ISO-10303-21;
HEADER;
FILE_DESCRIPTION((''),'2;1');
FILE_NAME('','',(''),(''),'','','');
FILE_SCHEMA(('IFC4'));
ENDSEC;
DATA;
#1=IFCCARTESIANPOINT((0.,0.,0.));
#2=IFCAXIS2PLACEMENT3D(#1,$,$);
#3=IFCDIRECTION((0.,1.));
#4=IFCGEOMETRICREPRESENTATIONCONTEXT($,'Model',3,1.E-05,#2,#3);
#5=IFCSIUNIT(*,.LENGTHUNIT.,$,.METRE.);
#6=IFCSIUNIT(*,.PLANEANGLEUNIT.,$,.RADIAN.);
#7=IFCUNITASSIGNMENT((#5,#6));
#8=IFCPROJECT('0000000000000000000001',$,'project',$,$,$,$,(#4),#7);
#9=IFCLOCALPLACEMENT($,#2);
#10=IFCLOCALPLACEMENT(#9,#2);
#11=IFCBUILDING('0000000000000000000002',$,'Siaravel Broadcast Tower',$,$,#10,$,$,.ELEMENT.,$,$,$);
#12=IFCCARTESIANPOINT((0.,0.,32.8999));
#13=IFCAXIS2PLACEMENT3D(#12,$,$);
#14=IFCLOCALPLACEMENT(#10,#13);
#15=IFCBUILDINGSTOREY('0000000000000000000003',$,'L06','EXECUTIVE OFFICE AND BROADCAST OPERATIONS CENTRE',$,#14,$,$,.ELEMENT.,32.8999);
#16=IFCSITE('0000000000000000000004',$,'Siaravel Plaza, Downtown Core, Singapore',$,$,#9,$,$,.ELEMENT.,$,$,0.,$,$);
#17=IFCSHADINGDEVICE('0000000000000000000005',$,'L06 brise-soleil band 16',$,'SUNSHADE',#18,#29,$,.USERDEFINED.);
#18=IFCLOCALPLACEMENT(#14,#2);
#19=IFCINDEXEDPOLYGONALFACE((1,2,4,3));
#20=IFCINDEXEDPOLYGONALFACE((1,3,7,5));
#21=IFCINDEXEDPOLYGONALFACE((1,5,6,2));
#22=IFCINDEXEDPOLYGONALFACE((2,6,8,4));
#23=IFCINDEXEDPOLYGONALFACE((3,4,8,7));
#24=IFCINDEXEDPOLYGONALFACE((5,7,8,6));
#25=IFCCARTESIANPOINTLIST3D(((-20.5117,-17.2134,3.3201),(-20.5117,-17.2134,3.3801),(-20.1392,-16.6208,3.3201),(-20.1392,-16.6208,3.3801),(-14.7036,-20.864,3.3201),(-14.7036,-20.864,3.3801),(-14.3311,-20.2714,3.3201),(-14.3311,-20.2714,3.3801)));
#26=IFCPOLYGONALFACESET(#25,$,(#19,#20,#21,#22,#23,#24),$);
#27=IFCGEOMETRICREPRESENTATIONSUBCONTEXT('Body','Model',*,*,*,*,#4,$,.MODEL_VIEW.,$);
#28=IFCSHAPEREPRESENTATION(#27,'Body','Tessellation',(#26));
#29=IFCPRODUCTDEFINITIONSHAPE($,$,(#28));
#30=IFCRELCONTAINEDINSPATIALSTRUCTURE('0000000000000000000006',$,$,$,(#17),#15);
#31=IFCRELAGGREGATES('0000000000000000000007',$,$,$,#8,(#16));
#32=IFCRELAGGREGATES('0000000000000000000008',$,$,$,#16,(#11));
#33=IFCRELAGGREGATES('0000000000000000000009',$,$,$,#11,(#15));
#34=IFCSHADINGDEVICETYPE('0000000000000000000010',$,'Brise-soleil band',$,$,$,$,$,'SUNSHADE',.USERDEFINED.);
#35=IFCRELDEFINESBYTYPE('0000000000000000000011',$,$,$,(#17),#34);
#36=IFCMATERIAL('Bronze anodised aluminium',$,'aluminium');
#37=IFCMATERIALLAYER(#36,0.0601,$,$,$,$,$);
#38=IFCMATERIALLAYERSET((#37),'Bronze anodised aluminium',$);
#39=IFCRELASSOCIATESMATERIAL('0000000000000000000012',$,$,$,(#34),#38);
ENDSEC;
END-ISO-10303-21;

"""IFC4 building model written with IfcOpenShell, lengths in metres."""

from ifc_helpers import new_model, si_unit, direction, frame, origin, origin_2d, place, context, subcontext, project, spatial, rectangle, extrude, material, layer, layer_set, type_object, element, save


model = new_model("IFC4")

# Units and contexts
model_context = context("Model", 3, precision=1e-05, world=origin(), true_north=direction((0.0, 1.0)))
body_context = subcontext(model_context, "Body", "Model", "MODEL_VIEW")
ifc_project = project(units=[si_unit("LENGTHUNIT", "METRE"), si_unit("PLANEANGLEUNIT", "RADIAN")], contexts=[model_context])

# Site, building, storey
site_placement = place(None, origin())
site = spatial("IfcSite", under=ifc_project, at=site_placement, Name="Siaravel Plaza, Downtown Core, Singapore", CompositionType="ELEMENT", RefElevation=0.0)
building_placement = place(site_placement, origin())
building = spatial("IfcBuilding", under=site, at=building_placement, Name="Siaravel Broadcast Tower", CompositionType="ELEMENT")
storey_placement = place(building_placement, frame((0.0, 0.0, 32.8999)))
storey = spatial("IfcBuildingStorey", under=building, at=storey_placement, Name="L06", Description="EXECUTIVE OFFICE AND BROADCAST OPERATIONS CENTRE", CompositionType="ELEMENT", Elevation=32.8999)

# Shading device
ifc_material_1 = material(Name="Bronze anodised aluminium", Category="aluminium")
ifc_layer_1 = layer(ifc_material_1, 0.0601)
ifc_layer_set_1 = layer_set([ifc_layer_1], Name="Bronze anodised aluminium")
shading_device_type = type_object("IfcShadingDeviceType", Name="Brise-soleil band", ElementType="SUNSHADE", PredefinedType="USERDEFINED", material=ifc_layer_set_1)
shading_device_1_placement = place(storey_placement, frame((-17.4214, -18.7424, 3.3201), z_axis=(0.0, 0.0, 1.0), x_axis=(0.846651, -0.532148, 0.0)))
element("IfcShadingDevice", 1, at=shading_device_1_placement, inside=storey, type_object=shading_device_type, Name="L06 brise-soleil band 16", ObjectType="SUNSHADE", PredefinedType="USERDEFINED", context=body_context, shape_type="SweptSolid", body=[
    extrude(rectangle(XDim=6.8601, YDim=0.7, at=origin_2d()), origin(), (0.0, 0.0, 1.0), 0.0601),
])

save(model, "model.ifc")
